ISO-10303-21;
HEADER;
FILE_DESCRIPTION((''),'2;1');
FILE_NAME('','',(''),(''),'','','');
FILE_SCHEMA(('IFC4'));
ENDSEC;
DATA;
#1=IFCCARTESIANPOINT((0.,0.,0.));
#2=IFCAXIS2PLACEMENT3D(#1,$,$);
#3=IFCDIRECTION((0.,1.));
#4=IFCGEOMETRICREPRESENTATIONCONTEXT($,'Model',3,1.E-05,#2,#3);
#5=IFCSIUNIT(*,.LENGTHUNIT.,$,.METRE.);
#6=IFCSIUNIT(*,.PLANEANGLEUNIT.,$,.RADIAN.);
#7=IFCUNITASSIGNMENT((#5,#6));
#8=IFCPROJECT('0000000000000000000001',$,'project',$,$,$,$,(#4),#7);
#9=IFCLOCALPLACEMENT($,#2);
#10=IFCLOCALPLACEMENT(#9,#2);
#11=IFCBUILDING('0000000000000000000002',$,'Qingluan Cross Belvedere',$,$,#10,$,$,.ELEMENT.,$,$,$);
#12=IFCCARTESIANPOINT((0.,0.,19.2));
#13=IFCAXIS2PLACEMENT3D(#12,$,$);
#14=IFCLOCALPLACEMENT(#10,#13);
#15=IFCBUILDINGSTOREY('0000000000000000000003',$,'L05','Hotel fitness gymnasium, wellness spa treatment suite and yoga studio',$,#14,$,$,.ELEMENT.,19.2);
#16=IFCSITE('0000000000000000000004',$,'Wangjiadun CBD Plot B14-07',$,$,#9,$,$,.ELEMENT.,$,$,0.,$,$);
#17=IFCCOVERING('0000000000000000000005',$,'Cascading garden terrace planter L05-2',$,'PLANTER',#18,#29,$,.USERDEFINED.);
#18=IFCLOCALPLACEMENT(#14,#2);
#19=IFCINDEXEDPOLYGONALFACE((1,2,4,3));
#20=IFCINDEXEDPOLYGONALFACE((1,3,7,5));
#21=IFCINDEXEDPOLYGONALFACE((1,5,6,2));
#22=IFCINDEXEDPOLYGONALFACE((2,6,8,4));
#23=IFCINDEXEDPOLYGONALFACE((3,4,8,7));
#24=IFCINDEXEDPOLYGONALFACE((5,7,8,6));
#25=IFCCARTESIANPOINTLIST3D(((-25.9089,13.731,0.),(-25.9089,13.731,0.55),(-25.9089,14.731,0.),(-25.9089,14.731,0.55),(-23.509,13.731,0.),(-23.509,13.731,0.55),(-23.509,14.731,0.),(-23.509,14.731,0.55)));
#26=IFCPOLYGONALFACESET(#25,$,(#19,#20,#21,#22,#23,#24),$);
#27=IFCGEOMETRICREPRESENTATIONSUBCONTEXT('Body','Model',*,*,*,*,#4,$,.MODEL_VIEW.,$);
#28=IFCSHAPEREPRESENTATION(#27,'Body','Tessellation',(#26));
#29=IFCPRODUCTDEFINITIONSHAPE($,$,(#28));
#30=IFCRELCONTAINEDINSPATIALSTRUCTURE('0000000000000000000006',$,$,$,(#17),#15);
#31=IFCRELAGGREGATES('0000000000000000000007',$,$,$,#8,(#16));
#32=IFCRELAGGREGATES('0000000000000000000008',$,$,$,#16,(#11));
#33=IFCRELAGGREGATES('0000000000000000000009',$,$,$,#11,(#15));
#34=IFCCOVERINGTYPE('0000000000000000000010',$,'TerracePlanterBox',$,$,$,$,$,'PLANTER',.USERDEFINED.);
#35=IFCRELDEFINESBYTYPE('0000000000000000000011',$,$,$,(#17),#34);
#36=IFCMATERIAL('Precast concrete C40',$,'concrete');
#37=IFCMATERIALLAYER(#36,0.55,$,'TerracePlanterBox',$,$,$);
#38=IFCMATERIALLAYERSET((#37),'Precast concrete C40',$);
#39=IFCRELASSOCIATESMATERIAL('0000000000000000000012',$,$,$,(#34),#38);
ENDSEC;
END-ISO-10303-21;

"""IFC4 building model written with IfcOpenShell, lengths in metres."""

from ifc_helpers import new_model, si_unit, direction, frame, origin, origin_2d, place, context, subcontext, project, spatial, rectangle, extrude, material, layer, layer_set, type_object, element, save


model = new_model("IFC4")

# Units and contexts
model_context = context("Model", 3, precision=1e-05, world=origin(), true_north=direction((0.0, 1.0)))
body_context = subcontext(model_context, "Body", "Model", "MODEL_VIEW")
ifc_project = project(units=[si_unit("LENGTHUNIT", "METRE"), si_unit("PLANEANGLEUNIT", "RADIAN")], contexts=[model_context])

# Site, building, storey
site_placement = place(None, origin())
site = spatial("IfcSite", under=ifc_project, at=site_placement, Name="Wangjiadun CBD Plot B14-07", CompositionType="ELEMENT", RefElevation=0.0)
building_placement = place(site_placement, origin())
building = spatial("IfcBuilding", under=site, at=building_placement, Name="Qingluan Cross Belvedere", CompositionType="ELEMENT")
storey_placement = place(building_placement, frame((0.0, 0.0, 19.2)))
storey = spatial("IfcBuildingStorey", under=building, at=storey_placement, Name="L05", Description="Hotel fitness gymnasium, wellness spa treatment suite and yoga studio", CompositionType="ELEMENT", Elevation=19.2)

# Covering
ifc_material_1 = material(Name="Precast concrete C40", Category="concrete")
ifc_layer_1 = layer(ifc_material_1, 0.55, Name="TerracePlanterBox")
ifc_layer_set_1 = layer_set([ifc_layer_1], Name="Precast concrete C40")
covering_type = type_object("IfcCoveringType", Name="TerracePlanterBox", ElementType="PLANTER", PredefinedType="USERDEFINED", material=ifc_layer_set_1)
covering_placement = place(storey_placement, frame((-24.709, 14.231, 0.0), z_axis=(0.0, 0.0, 1.0), x_axis=(1.0, 0.0, 0.0)))
element("IfcCovering", 1, at=covering_placement, inside=storey, type_object=covering_type, Name="Cascading garden terrace planter L05-2", ObjectType="PLANTER", PredefinedType="USERDEFINED", context=body_context, shape_type="SweptSolid", body=[
    extrude(rectangle(XDim=2.3999, YDim=1.0, at=origin_2d()), origin(), (0.0, 0.0, 1.0), 0.55),
])

save(model, "model.ifc")
